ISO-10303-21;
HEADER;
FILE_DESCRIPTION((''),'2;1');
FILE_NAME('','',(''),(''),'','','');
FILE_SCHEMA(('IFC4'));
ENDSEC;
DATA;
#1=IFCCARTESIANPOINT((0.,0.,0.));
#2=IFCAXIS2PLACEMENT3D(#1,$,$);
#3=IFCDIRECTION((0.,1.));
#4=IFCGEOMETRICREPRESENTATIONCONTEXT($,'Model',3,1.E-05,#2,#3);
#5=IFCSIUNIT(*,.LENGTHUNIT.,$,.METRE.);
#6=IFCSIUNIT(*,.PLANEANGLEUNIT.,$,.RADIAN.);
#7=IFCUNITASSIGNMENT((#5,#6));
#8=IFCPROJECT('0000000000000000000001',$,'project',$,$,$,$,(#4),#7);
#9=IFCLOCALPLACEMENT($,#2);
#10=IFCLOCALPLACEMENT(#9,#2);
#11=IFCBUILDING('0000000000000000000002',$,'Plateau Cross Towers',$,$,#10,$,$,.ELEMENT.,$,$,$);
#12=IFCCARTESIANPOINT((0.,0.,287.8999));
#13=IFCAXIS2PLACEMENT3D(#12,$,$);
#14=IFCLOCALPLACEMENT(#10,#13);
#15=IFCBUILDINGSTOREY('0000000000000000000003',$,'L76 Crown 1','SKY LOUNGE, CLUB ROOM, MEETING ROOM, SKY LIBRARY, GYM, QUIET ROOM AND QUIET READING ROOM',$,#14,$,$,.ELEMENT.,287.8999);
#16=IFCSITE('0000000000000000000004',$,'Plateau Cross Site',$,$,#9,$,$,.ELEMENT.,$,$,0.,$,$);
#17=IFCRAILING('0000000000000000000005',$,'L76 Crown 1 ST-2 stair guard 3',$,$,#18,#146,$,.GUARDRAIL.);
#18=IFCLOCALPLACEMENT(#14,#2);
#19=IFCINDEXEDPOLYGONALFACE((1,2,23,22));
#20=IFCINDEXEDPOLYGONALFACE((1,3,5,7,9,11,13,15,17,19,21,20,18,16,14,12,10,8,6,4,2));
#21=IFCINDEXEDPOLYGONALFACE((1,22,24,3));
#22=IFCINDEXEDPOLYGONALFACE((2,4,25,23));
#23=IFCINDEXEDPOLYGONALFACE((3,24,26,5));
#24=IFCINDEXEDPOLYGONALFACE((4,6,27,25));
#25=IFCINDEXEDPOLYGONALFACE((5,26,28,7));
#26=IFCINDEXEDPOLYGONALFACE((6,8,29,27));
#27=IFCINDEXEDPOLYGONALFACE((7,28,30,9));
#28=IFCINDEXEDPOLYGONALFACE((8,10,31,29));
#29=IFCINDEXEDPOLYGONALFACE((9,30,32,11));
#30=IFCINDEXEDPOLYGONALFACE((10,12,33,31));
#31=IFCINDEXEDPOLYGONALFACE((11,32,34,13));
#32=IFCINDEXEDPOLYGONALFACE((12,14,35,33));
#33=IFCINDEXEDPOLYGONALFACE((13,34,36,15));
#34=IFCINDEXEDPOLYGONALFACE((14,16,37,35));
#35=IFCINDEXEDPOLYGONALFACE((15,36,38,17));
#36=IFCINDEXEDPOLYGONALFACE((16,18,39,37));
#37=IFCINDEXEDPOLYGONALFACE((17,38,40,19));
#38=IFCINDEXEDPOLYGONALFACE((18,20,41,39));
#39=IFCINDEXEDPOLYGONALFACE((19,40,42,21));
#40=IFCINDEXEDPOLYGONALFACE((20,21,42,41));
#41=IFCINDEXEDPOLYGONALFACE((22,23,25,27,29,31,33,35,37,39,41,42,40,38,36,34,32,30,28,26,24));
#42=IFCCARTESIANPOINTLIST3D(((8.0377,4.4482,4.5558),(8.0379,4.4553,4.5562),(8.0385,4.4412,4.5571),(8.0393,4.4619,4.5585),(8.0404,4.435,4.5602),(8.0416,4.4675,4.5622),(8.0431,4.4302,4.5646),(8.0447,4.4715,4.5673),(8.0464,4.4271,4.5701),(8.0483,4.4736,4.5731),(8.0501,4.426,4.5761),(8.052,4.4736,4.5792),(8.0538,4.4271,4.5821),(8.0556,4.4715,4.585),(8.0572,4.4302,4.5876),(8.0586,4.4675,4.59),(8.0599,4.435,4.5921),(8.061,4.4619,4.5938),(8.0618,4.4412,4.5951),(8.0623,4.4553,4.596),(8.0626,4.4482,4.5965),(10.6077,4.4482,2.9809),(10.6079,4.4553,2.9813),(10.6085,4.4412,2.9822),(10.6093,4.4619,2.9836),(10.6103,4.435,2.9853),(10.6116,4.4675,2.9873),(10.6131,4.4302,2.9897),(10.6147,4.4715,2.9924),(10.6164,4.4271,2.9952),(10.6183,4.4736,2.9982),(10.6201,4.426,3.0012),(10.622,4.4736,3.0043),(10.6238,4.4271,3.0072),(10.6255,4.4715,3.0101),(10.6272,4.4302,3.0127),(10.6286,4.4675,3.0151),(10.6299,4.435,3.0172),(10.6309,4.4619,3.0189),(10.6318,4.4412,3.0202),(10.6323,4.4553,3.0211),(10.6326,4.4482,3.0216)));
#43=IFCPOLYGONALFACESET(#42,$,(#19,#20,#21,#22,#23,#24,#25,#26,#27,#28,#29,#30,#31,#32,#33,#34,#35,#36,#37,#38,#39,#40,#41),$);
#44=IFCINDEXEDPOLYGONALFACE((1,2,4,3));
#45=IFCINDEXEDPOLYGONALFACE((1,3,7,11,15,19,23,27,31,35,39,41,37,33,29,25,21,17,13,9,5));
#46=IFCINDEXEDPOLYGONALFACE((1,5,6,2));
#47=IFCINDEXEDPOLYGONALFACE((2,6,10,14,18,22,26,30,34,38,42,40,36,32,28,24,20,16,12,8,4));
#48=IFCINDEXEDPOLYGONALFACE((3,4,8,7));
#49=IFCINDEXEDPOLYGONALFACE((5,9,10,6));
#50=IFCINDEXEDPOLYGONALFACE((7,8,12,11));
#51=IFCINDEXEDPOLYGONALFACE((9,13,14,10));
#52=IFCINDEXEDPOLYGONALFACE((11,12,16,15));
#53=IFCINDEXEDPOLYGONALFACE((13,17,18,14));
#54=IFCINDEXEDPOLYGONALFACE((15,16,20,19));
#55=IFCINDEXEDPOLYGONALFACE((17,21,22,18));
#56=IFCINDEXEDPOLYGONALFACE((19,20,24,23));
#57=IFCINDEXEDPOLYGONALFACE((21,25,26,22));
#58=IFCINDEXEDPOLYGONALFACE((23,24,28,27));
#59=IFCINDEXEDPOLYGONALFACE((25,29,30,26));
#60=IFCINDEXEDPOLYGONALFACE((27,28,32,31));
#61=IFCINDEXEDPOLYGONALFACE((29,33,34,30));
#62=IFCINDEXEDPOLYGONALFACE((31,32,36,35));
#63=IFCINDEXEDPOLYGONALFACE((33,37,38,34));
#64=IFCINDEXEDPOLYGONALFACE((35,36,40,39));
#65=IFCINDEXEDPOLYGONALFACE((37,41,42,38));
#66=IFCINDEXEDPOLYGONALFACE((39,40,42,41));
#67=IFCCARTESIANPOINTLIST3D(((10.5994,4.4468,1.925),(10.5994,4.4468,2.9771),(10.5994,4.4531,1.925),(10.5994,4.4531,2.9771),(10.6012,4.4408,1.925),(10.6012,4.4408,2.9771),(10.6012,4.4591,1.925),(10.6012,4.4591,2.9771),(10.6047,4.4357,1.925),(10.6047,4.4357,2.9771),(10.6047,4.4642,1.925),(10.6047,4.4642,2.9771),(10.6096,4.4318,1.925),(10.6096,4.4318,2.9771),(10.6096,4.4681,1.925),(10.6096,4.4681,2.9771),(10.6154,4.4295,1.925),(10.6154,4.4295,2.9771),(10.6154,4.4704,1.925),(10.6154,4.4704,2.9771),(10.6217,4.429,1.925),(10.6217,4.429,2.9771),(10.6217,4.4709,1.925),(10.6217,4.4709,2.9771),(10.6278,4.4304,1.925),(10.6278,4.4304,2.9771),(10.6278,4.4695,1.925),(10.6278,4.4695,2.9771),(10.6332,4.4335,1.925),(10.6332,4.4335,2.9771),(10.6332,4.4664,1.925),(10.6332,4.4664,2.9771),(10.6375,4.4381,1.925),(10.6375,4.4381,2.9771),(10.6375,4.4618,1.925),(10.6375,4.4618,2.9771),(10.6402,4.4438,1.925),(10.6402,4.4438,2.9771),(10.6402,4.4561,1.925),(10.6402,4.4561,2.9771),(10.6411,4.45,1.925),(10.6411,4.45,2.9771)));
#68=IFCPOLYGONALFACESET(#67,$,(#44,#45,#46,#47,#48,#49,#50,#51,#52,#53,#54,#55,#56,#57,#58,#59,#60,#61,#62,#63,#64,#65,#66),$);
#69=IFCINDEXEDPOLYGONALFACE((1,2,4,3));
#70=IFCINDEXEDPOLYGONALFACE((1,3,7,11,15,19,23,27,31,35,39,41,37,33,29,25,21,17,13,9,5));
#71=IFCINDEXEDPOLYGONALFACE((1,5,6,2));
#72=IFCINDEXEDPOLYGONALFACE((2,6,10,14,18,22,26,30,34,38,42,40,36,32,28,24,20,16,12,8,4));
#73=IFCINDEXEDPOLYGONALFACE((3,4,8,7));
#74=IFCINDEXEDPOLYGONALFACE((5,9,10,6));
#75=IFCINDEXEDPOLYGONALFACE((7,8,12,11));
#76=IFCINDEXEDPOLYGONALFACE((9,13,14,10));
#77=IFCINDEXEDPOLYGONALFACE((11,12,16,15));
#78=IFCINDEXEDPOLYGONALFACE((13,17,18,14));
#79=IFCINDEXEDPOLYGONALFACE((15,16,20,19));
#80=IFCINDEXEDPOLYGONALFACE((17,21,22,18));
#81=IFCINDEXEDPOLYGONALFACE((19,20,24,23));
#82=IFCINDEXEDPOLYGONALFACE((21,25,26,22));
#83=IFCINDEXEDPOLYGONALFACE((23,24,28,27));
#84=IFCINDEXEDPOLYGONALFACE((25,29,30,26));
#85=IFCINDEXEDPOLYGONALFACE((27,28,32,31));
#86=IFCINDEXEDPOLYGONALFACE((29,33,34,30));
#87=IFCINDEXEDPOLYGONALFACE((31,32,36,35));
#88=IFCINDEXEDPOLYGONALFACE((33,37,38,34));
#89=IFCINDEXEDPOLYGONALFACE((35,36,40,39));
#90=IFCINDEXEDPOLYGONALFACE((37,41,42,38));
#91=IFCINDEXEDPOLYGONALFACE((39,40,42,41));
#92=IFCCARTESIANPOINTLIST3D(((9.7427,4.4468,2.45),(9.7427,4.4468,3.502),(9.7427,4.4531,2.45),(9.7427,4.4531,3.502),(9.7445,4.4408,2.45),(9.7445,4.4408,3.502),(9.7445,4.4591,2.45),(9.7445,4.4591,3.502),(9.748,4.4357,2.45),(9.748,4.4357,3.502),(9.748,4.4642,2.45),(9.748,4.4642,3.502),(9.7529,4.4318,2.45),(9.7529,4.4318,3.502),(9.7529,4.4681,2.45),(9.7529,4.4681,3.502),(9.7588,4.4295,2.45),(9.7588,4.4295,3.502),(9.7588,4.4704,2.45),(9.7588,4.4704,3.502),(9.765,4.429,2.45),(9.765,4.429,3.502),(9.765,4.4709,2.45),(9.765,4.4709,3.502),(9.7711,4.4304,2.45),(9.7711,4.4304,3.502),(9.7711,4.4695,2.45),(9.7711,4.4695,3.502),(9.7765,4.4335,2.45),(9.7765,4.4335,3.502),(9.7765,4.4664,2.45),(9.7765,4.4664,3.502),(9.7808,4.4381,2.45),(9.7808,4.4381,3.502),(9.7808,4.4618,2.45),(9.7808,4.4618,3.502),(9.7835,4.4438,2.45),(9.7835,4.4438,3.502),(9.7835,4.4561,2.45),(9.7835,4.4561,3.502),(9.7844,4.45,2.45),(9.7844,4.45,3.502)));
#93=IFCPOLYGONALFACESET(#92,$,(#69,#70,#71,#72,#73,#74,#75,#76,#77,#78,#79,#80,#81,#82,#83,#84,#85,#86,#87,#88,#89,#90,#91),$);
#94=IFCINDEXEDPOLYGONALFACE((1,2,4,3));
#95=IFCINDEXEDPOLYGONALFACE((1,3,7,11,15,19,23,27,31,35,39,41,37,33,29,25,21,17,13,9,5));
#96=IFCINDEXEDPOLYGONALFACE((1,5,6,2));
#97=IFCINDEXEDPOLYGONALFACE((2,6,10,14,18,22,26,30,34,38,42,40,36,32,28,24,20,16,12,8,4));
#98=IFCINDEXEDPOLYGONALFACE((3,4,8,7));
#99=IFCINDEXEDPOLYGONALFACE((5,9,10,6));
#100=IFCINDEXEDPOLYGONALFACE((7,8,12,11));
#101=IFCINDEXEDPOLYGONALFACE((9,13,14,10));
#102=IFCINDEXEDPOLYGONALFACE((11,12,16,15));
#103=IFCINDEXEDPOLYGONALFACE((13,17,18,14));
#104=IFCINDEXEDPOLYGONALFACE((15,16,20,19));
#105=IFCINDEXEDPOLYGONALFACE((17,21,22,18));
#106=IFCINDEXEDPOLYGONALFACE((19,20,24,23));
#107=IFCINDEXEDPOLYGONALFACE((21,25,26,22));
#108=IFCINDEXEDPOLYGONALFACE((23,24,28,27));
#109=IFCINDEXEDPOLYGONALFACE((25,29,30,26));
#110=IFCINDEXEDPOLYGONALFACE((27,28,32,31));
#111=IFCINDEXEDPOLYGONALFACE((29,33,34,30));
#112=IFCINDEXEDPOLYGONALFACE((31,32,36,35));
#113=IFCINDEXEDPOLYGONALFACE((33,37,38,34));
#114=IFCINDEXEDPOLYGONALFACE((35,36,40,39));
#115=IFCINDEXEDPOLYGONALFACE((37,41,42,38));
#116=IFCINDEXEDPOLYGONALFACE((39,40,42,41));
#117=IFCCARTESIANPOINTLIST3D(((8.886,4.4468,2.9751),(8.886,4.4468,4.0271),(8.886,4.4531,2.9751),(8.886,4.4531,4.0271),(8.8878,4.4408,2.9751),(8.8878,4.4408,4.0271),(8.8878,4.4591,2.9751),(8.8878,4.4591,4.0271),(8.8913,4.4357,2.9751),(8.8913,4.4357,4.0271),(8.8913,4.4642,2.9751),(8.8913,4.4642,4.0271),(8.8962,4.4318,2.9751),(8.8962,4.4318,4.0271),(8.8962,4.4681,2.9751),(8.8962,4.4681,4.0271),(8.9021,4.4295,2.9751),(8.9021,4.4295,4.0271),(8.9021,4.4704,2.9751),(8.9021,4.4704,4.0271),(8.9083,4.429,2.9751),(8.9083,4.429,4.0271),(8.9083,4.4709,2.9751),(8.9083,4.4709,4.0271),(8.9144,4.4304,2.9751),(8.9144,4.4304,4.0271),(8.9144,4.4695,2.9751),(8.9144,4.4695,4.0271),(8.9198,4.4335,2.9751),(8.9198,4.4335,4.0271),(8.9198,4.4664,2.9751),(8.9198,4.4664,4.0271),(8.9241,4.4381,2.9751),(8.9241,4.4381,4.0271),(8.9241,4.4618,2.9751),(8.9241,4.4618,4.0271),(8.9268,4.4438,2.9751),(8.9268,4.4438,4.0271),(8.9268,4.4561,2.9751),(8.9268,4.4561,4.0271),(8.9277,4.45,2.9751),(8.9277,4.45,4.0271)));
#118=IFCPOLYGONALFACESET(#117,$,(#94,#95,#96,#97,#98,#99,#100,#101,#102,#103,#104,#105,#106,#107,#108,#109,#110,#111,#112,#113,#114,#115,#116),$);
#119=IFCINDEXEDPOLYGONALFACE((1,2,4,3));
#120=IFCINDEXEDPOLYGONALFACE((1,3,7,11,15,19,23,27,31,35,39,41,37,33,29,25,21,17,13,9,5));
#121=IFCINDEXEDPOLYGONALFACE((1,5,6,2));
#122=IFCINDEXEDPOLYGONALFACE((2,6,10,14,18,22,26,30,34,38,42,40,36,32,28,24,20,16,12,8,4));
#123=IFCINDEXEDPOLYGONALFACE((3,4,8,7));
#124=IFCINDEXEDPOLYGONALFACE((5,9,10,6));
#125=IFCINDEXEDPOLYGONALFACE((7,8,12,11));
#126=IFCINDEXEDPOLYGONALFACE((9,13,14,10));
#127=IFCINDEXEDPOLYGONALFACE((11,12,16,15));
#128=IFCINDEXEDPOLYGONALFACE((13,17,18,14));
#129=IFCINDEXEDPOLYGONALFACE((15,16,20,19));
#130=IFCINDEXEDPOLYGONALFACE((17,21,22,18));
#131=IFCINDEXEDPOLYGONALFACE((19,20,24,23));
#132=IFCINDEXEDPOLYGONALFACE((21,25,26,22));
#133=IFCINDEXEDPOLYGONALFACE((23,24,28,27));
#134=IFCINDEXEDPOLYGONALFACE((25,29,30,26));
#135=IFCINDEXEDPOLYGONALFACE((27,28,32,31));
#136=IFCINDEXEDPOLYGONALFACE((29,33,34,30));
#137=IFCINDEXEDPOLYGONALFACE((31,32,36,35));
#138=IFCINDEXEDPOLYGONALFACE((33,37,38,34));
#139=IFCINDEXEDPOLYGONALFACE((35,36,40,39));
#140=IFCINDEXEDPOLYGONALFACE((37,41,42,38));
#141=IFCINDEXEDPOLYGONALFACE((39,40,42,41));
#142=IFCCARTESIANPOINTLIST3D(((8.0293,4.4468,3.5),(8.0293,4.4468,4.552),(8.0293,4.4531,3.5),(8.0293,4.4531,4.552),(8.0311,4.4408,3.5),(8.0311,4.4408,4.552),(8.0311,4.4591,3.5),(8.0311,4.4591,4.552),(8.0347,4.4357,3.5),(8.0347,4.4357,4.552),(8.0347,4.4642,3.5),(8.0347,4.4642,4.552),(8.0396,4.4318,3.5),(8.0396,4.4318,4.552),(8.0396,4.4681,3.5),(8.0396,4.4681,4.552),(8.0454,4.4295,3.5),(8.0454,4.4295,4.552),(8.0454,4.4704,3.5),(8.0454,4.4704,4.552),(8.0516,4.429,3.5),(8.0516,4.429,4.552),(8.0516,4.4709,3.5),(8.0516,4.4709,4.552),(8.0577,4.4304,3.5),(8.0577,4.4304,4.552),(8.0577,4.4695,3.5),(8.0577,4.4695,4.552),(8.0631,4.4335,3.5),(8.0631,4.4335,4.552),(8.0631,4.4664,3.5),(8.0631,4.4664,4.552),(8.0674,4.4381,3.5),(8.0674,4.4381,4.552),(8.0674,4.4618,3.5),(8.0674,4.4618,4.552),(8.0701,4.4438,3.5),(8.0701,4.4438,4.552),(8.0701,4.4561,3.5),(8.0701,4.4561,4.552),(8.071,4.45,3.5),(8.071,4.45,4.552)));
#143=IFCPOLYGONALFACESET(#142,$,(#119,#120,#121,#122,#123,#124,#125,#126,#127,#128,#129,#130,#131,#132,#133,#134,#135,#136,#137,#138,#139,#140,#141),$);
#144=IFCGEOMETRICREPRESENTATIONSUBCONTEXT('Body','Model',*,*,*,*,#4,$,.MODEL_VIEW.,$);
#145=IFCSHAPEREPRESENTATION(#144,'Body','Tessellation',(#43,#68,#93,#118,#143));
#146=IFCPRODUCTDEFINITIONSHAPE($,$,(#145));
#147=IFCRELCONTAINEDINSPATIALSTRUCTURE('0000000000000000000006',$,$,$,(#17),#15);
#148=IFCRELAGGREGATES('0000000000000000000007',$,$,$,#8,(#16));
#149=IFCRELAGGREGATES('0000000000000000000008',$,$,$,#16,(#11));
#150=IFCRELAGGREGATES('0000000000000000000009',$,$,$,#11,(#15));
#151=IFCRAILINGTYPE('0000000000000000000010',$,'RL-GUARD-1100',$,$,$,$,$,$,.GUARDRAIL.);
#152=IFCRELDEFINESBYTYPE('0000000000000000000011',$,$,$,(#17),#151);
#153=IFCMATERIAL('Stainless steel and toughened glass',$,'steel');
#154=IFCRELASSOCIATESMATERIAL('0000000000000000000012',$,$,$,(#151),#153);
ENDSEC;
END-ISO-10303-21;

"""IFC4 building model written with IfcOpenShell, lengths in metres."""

from ifc_helpers import new_model, si_unit, direction, frame, origin, origin_2d, place, context, subcontext, project, spatial, circle, extrude, material, type_object, element, save


model = new_model("IFC4")

# Units and contexts
model_context = context("Model", 3, precision=1e-05, world=origin(), true_north=direction((0.0, 1.0)))
body_context = subcontext(model_context, "Body", "Model", "MODEL_VIEW")
ifc_project = project(units=[si_unit("LENGTHUNIT", "METRE"), si_unit("PLANEANGLEUNIT", "RADIAN")], contexts=[model_context])

# Site, building, storey
site_placement = place(None, origin())
site = spatial("IfcSite", under=ifc_project, at=site_placement, Name="Plateau Cross Site", CompositionType="ELEMENT", RefElevation=0.0)
building_placement = place(site_placement, origin())
building = spatial("IfcBuilding", under=site, at=building_placement, Name="Plateau Cross Towers", CompositionType="ELEMENT")
storey_placement = place(building_placement, frame((0.0, 0.0, 287.8999)))
storey = spatial("IfcBuildingStorey", under=building, at=storey_placement, Name="L76 Crown 1", Description="SKY LOUNGE, CLUB ROOM, MEETING ROOM, SKY LIBRARY, GYM, QUIET ROOM AND QUIET READING ROOM", CompositionType="ELEMENT", Elevation=287.8999)

# Railing
ifc_material_1 = material(Name="Stainless steel and toughened glass", Category="steel")
railing_type_1 = type_object("IfcRailingType", Name="RL-GUARD-1100", PredefinedType="GUARDRAIL", material=ifc_material_1)
railing_1_placement = place(storey_placement, frame((10.6201, 4.45, 1.925)))
element("IfcRailing", 1, at=railing_1_placement, inside=storey, type_object=railing_type_1, Name="L76 Crown 1 ST-2 stair guard 3", PredefinedType="GUARDRAIL", context=body_context, shape_type="SweptSolid", body=[
    extrude(circle(Radius=0.0239, at=origin_2d()), frame((0.0, 0.0, 1.0762), z_axis=(-0.852639, 0.0, 0.522501), x_axis=(0.0, -1.0, 0.0)), (0.0, 0.0, 1.0), 3.0142),
    extrude(circle(Radius=0.021, at=origin_2d()), origin(), (0.0, 0.0, 1.0), 1.052),
    extrude(circle(Radius=0.021, at=origin_2d()), frame((-0.8567, 0.0, 0.5249)), (0.0, 0.0, 1.0), 1.052),
    extrude(circle(Radius=0.021, at=origin_2d()), frame((-1.7134, 0.0, 1.05)), (0.0, 0.0, 1.0), 1.052),
    extrude(circle(Radius=0.021, at=origin_2d()), frame((-2.5701, 0.0, 1.575)), (0.0, 0.0, 1.0), 1.052),
])

save(model, "model.ifc")
